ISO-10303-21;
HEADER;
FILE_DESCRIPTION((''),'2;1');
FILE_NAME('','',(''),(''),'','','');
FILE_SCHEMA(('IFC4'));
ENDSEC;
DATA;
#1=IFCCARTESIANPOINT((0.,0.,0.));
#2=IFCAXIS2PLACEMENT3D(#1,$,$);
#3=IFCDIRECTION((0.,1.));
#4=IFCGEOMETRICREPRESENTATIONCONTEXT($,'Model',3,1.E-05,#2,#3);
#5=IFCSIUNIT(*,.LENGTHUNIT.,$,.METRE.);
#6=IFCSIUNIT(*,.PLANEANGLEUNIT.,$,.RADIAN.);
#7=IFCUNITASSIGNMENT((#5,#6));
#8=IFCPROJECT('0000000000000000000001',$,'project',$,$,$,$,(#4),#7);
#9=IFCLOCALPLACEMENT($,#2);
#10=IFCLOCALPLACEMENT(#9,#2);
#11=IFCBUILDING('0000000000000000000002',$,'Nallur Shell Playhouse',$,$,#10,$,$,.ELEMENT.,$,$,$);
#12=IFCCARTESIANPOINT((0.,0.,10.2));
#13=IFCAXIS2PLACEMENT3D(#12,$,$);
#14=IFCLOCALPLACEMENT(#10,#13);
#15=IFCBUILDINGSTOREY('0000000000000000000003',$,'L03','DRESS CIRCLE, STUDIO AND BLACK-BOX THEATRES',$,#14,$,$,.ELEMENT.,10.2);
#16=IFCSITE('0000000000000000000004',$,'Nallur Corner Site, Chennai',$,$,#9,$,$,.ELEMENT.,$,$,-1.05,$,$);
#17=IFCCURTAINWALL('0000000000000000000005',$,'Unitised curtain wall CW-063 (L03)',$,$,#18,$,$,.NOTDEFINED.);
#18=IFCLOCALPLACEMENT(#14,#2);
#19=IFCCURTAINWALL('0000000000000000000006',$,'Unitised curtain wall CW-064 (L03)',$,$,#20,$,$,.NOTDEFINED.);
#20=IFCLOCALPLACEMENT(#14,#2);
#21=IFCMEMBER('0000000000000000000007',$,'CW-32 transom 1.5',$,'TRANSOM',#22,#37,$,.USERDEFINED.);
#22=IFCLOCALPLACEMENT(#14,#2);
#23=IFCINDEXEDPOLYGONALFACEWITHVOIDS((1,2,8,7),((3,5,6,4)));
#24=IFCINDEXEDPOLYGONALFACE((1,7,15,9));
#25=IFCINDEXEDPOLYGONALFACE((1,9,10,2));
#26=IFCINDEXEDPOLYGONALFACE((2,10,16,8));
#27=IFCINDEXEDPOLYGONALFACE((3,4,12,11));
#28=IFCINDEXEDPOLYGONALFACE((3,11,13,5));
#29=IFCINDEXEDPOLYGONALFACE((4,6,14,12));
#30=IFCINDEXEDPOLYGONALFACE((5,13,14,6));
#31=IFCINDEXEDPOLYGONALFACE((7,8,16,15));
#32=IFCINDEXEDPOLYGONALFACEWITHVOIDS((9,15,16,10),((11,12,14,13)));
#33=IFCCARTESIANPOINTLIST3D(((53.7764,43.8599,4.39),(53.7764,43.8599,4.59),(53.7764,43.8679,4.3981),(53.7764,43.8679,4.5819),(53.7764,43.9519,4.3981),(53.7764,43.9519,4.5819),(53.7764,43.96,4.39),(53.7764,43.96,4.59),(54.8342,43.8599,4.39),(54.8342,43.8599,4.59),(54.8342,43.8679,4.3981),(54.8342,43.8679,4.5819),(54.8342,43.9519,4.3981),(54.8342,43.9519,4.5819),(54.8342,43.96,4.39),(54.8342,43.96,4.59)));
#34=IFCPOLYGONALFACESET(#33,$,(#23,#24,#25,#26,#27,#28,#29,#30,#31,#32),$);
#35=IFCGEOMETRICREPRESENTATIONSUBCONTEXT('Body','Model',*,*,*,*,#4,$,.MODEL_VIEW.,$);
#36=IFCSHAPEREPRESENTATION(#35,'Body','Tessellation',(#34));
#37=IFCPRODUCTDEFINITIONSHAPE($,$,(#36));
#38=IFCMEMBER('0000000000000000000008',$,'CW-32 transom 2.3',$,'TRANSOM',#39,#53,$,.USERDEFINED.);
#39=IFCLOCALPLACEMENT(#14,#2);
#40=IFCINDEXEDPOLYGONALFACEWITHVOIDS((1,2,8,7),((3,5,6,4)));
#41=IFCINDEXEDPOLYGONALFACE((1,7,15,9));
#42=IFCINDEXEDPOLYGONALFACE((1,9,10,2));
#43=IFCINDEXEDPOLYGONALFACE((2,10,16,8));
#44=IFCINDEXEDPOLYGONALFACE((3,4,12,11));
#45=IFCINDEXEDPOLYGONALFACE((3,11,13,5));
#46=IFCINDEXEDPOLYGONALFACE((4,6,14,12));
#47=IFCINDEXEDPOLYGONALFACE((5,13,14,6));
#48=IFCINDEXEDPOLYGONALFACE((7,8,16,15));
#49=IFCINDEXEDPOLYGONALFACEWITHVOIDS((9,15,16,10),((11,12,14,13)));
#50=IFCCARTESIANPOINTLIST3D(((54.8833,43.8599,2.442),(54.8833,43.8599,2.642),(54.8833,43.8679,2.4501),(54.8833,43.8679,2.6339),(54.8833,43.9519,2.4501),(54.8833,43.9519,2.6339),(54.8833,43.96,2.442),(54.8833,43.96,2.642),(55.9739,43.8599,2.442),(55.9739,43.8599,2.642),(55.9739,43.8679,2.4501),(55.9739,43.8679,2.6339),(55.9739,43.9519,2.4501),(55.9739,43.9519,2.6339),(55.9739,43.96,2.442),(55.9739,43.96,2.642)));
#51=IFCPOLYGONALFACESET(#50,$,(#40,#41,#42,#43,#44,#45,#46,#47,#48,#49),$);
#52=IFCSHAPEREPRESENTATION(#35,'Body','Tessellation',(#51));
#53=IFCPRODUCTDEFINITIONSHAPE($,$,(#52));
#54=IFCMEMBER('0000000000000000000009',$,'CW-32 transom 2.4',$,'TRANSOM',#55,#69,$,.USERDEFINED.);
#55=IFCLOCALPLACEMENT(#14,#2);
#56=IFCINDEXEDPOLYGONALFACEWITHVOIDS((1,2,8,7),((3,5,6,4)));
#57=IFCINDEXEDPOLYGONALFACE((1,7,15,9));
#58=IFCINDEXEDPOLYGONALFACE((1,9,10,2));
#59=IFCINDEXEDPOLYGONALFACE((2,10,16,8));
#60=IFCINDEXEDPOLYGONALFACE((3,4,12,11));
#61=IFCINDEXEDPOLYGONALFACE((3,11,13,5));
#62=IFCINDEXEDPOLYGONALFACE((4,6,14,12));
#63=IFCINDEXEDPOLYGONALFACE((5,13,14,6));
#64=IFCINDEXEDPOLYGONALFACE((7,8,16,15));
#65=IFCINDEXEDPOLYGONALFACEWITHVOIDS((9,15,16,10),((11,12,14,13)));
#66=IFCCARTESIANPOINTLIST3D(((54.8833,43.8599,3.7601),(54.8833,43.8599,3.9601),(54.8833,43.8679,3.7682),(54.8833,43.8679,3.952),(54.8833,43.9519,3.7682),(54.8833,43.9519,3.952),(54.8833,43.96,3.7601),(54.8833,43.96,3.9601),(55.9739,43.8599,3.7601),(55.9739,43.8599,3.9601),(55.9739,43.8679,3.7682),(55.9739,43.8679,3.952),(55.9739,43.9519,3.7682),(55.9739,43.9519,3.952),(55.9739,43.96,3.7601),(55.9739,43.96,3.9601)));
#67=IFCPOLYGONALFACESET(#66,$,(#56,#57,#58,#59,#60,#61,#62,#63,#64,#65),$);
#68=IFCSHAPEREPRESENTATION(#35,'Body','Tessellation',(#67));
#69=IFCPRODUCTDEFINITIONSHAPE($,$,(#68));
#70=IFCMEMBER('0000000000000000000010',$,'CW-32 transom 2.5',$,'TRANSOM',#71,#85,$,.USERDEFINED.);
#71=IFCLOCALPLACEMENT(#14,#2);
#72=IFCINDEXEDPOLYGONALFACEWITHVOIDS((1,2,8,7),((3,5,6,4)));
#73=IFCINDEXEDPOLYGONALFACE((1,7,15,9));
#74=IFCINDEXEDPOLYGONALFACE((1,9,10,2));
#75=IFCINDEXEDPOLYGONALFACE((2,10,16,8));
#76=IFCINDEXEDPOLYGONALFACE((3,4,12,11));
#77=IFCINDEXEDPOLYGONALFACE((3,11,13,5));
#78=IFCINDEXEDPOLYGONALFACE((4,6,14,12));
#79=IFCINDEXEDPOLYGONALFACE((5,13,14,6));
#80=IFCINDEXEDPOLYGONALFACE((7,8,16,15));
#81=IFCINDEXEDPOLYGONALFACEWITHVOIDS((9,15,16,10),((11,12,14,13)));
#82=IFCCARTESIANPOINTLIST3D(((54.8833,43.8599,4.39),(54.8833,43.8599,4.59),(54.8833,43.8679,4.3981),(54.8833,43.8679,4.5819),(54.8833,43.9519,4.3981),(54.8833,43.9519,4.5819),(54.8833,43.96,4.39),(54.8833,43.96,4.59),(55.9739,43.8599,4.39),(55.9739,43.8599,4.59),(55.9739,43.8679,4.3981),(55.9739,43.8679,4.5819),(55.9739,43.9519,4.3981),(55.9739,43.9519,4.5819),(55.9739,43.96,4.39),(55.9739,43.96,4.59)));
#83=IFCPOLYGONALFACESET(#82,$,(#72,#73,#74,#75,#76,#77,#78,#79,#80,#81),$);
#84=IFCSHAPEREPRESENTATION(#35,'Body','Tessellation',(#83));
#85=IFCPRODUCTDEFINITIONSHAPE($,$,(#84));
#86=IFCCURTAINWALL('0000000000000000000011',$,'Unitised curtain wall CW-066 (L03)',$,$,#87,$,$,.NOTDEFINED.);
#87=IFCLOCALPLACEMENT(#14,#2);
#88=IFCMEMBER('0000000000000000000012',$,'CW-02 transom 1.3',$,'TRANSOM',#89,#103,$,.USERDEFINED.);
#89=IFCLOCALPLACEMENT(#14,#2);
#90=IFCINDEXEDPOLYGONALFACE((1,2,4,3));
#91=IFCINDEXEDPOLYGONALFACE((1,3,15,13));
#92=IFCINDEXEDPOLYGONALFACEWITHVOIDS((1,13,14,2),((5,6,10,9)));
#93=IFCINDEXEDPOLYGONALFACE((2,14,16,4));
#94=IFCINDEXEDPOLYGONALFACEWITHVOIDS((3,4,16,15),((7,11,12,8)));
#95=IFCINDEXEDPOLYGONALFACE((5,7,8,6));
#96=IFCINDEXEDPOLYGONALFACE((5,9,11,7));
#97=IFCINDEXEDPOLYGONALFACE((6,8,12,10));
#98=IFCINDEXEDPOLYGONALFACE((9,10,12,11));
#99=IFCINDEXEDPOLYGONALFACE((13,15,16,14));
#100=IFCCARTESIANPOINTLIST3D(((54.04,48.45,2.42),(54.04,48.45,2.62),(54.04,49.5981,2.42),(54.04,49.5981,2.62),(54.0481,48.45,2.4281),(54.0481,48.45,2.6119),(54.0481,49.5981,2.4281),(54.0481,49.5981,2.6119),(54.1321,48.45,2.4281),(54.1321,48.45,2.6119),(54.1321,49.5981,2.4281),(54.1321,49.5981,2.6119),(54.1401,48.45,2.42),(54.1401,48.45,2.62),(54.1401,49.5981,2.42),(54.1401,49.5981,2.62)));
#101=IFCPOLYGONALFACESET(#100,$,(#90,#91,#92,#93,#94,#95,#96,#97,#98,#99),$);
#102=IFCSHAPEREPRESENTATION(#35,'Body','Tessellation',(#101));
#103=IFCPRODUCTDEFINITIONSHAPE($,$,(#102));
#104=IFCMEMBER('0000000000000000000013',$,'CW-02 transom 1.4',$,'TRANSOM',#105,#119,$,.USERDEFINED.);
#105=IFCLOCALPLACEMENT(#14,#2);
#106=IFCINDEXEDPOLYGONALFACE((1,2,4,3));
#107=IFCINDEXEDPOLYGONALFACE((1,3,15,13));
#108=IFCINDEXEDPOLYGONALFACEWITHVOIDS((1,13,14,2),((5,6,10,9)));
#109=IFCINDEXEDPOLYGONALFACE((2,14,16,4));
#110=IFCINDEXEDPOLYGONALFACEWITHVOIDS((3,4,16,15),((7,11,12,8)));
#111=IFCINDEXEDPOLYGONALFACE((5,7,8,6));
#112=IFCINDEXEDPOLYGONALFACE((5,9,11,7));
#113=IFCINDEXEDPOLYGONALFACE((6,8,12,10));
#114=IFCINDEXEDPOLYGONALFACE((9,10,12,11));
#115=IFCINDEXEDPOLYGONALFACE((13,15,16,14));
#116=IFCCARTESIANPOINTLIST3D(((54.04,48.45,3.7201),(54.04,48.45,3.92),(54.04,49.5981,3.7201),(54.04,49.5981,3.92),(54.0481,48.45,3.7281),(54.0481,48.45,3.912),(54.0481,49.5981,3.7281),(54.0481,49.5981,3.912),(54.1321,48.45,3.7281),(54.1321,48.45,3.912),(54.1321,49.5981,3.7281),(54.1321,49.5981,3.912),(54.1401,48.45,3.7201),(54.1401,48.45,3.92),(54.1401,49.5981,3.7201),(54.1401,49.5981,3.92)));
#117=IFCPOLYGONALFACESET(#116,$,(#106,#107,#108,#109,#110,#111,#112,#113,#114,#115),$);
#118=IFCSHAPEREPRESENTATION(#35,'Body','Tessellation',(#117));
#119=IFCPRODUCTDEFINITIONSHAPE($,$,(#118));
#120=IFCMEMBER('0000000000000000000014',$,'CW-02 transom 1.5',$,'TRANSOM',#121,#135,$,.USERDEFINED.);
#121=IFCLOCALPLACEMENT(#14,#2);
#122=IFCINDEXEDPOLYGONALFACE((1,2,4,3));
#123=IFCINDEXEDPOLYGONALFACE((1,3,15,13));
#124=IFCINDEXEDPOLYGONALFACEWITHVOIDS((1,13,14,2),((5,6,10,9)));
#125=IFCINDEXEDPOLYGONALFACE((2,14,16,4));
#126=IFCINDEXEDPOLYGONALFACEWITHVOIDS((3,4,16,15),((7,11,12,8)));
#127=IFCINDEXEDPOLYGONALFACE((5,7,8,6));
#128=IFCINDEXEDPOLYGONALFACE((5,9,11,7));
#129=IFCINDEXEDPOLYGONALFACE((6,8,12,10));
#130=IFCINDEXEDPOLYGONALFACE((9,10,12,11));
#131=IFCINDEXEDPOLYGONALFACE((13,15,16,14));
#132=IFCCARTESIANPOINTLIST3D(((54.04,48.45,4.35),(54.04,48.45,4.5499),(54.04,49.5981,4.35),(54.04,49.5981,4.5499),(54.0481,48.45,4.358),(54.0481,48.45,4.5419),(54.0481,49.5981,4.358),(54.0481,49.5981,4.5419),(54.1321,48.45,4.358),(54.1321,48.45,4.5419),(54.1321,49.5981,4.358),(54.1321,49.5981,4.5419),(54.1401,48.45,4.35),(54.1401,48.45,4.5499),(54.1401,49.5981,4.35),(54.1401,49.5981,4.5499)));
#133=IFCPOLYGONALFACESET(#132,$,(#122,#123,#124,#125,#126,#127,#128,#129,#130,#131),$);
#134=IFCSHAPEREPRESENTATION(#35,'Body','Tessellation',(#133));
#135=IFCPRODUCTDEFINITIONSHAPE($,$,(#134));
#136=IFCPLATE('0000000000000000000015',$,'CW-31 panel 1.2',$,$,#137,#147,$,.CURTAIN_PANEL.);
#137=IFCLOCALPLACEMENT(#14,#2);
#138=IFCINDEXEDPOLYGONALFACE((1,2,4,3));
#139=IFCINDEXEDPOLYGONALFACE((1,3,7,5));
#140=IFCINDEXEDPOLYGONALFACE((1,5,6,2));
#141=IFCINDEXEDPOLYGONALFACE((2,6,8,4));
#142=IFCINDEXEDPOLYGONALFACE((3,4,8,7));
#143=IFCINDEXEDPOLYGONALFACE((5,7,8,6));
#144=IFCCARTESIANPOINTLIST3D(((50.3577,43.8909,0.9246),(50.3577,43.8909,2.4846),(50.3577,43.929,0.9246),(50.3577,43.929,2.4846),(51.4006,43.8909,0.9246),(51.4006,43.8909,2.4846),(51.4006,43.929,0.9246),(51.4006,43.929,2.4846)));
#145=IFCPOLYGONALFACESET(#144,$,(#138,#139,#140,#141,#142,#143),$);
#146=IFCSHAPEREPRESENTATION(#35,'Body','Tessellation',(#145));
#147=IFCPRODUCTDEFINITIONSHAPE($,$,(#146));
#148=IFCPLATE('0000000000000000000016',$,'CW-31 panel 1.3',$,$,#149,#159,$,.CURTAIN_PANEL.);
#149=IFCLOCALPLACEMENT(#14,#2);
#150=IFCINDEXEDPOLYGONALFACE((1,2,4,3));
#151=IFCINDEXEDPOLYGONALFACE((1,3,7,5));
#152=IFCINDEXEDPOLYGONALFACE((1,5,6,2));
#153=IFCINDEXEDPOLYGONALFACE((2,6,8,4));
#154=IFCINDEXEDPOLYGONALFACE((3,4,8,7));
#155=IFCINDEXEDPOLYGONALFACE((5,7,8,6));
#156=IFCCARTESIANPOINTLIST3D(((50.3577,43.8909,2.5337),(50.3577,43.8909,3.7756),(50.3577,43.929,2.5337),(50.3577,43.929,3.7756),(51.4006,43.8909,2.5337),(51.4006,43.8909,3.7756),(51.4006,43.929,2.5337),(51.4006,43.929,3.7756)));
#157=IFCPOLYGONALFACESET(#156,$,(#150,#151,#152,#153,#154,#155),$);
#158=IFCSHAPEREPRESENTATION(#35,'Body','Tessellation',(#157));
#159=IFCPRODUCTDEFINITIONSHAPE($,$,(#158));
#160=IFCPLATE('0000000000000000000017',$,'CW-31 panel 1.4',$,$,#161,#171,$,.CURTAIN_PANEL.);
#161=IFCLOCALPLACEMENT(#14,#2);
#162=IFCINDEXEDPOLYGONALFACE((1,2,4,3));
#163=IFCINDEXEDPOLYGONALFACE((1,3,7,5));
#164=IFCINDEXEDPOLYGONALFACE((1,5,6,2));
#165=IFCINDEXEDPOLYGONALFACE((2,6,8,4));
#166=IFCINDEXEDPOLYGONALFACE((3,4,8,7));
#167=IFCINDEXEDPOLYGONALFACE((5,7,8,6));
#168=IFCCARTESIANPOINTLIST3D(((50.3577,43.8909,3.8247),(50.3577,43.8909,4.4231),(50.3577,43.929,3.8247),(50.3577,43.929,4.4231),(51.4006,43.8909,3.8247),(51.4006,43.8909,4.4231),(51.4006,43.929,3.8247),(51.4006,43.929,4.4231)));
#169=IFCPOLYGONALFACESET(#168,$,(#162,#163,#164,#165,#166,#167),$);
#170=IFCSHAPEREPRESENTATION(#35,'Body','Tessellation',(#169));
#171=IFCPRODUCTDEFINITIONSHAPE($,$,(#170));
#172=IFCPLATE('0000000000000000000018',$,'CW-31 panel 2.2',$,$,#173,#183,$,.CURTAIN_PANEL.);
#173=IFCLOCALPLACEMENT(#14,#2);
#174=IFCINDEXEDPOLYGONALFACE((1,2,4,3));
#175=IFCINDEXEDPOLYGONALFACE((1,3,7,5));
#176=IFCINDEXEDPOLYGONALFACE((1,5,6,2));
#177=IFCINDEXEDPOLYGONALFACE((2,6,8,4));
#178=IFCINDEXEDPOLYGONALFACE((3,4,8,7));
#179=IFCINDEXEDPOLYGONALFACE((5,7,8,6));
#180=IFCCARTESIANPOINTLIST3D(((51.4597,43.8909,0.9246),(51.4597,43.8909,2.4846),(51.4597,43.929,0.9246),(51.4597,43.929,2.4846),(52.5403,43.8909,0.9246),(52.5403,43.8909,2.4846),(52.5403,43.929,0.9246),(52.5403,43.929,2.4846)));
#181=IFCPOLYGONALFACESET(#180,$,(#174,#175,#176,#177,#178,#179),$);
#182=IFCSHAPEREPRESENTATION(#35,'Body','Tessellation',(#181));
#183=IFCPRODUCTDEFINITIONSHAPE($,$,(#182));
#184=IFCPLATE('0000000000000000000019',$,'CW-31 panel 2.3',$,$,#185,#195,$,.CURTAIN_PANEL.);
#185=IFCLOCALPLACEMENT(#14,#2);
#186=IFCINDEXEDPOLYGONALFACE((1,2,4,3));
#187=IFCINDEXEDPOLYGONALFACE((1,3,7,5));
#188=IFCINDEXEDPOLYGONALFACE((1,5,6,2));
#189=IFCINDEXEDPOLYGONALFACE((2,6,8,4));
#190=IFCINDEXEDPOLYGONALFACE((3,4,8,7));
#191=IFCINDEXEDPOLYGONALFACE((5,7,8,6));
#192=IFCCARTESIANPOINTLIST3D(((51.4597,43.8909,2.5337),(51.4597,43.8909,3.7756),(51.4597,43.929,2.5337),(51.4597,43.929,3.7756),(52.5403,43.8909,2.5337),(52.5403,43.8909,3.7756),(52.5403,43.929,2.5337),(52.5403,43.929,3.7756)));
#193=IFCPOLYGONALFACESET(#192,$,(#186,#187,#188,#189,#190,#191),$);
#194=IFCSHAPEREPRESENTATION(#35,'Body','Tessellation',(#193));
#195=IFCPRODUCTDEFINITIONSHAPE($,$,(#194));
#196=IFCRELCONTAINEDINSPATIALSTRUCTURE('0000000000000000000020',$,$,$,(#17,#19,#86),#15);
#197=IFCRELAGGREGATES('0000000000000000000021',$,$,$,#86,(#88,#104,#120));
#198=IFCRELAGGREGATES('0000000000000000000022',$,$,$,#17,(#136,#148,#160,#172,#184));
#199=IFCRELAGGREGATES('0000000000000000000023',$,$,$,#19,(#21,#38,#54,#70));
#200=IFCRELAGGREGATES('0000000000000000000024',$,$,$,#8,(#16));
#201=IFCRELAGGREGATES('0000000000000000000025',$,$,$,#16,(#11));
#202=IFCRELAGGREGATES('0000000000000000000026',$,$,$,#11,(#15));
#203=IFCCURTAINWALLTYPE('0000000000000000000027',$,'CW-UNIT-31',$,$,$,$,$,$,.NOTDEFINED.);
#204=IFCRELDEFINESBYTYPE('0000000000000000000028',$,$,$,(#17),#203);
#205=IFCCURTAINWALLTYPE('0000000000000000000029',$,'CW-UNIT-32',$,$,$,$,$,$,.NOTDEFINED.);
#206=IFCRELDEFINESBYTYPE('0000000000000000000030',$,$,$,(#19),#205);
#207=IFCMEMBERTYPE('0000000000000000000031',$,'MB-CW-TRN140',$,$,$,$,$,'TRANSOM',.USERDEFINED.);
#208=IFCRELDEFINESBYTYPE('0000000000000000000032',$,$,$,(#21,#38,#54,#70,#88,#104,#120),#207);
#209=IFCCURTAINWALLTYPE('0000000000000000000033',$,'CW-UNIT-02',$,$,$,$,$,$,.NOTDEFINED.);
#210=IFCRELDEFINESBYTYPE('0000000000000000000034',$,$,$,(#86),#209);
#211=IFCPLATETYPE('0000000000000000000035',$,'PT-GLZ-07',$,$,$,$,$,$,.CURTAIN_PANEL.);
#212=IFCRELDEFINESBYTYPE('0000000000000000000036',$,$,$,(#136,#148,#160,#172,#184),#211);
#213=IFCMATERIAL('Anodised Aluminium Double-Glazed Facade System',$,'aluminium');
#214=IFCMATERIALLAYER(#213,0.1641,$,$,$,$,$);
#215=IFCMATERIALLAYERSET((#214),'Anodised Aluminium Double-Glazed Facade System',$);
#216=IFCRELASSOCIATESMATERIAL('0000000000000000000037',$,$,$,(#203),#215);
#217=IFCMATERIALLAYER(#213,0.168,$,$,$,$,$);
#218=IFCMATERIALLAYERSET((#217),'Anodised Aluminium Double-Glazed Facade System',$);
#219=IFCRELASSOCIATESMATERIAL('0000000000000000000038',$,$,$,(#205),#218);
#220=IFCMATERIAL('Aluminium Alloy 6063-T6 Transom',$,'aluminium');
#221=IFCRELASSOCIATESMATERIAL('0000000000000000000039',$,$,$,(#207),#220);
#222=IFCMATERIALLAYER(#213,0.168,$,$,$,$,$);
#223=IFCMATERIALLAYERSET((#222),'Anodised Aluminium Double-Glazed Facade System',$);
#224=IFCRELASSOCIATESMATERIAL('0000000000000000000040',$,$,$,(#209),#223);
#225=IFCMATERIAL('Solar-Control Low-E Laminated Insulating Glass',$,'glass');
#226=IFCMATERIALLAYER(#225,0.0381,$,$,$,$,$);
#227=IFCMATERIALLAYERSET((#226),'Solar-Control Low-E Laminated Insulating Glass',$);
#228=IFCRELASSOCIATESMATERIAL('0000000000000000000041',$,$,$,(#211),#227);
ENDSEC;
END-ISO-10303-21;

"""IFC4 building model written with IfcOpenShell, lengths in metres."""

from ifc_helpers import new_model, si_unit, direction, frame, origin, origin_2d, place, context, subcontext, project, spatial, rectangle, hollow_rectangle, extrude, material, layer, layer_set, material_profile, profile_set, type_object, element, aggregate, save


model = new_model("IFC4")

# Units and contexts
model_context = context("Model", 3, precision=1e-05, world=origin(), true_north=direction((0.0, 1.0)))
body_context = subcontext(model_context, "Body", "Model", "MODEL_VIEW")
ifc_project = project(units=[si_unit("LENGTHUNIT", "METRE"), si_unit("PLANEANGLEUNIT", "RADIAN")], contexts=[model_context])

# Site, building, storey
site_placement = place(None, origin())
site = spatial("IfcSite", under=ifc_project, at=site_placement, Name="Nallur Corner Site, Chennai", CompositionType="ELEMENT", RefElevation=-1.05)
building_placement = place(site_placement, origin())
building = spatial("IfcBuilding", under=site, at=building_placement, Name="Nallur Shell Playhouse", CompositionType="ELEMENT")
storey_placement = place(building_placement, frame((0.0, 0.0, 10.2)))
storey = spatial("IfcBuildingStorey", under=building, at=storey_placement, Name="L03", Description="DRESS CIRCLE, STUDIO AND BLACK-BOX THEATRES", CompositionType="ELEMENT", Elevation=10.2)

# Curtain walls, members
ifc_material_1 = material(Name="Anodised Aluminium Double-Glazed Facade System", Category="aluminium")
ifc_layer_1 = layer(ifc_material_1, 0.1641)
ifc_layer_set_1 = layer_set([ifc_layer_1], Name="Anodised Aluminium Double-Glazed Facade System")
curtain_wall_type_1 = type_object("IfcCurtainWallType", Name="CW-UNIT-31", PredefinedType="NOTDEFINED", material=ifc_layer_set_1)
curtain_wall_1_placement = place(storey_placement, origin())
curtain_wall_1 = element("IfcCurtainWall", 1, at=curtain_wall_1_placement, inside=storey, type_object=curtain_wall_type_1, Name="Unitised curtain wall CW-063 (L03)", PredefinedType="NOTDEFINED")
ifc_material_2 = material(Name="Aluminium Alloy 6063-T6 Transom", Category="aluminium")
ifc_layer_2 = layer(ifc_material_1, 0.168)
ifc_layer_set_2 = layer_set([ifc_layer_2], Name="Anodised Aluminium Double-Glazed Facade System")
curtain_wall_type_2 = type_object("IfcCurtainWallType", Name="CW-UNIT-32", PredefinedType="NOTDEFINED", material=ifc_layer_set_2)
curtain_wall_2_placement = place(storey_placement, origin())
curtain_wall_2 = element("IfcCurtainWall", 2, at=curtain_wall_2_placement, inside=storey, type_object=curtain_wall_type_2, Name="Unitised curtain wall CW-064 (L03)", PredefinedType="NOTDEFINED")
ifc_material_profile_1 = material_profile(ifc_material_2, hollow_rectangle(XDim=0.1001, YDim=0.2, WallThickness=0.0081, at=origin_2d()), Name="RHS 200x100x8")
ifc_profile_set_1 = profile_set([ifc_material_profile_1], Name="Aluminium Alloy 6063-T6 Transom")
member_type_1 = type_object("IfcMemberType", Name="MB-CW-TRN140", ElementType="TRANSOM", PredefinedType="USERDEFINED", material=ifc_profile_set_1)
member_1_placement = place(storey_placement, frame((53.7764, 43.9099, 4.49), z_axis=(1.0, 0.0, 0.0), x_axis=(0.0, 1.0, 0.0)))
member_1 = element("IfcMember", 3, at=member_1_placement, type_object=member_type_1, Name="CW-32 transom 1.5", ObjectType="TRANSOM", PredefinedType="USERDEFINED", context=body_context, shape_type="SweptSolid", body=[
    extrude(hollow_rectangle(XDim=0.1001, YDim=0.2, WallThickness=0.0081, at=origin_2d()), origin(), (0.0, 0.0, 1.0), 1.0579),
])
member_2_placement = place(storey_placement, frame((54.8833, 43.9099, 2.542), z_axis=(1.0, 0.0, 0.0), x_axis=(0.0, 1.0, 0.0)))
member_2 = element("IfcMember", 4, at=member_2_placement, type_object=member_type_1, Name="CW-32 transom 2.3", ObjectType="TRANSOM", PredefinedType="USERDEFINED", context=body_context, shape_type="SweptSolid", body=[
    extrude(hollow_rectangle(XDim=0.1001, YDim=0.2, WallThickness=0.0081, at=origin_2d()), origin(), (0.0, 0.0, 1.0), 1.0906),
])
member_3_placement = place(storey_placement, frame((54.8833, 43.9099, 3.8601), z_axis=(1.0, 0.0, 0.0), x_axis=(0.0, 1.0, 0.0)))
member_3 = element("IfcMember", 5, at=member_3_placement, type_object=member_type_1, Name="CW-32 transom 2.4", ObjectType="TRANSOM", PredefinedType="USERDEFINED", context=body_context, shape_type="SweptSolid", body=[
    extrude(hollow_rectangle(XDim=0.1001, YDim=0.2, WallThickness=0.0081, at=origin_2d()), origin(), (0.0, 0.0, 1.0), 1.0906),
])
member_4_placement = place(storey_placement, frame((54.8833, 43.9099, 4.49), z_axis=(1.0, 0.0, 0.0), x_axis=(0.0, 1.0, 0.0)))
member_4 = element("IfcMember", 6, at=member_4_placement, type_object=member_type_1, Name="CW-32 transom 2.5", ObjectType="TRANSOM", PredefinedType="USERDEFINED", context=body_context, shape_type="SweptSolid", body=[
    extrude(hollow_rectangle(XDim=0.1001, YDim=0.2, WallThickness=0.0081, at=origin_2d()), origin(), (0.0, 0.0, 1.0), 1.0906),
])
ifc_layer_3 = layer(ifc_material_1, 0.168)
ifc_layer_set_3 = layer_set([ifc_layer_3], Name="Anodised Aluminium Double-Glazed Facade System")
curtain_wall_type_3 = type_object("IfcCurtainWallType", Name="CW-UNIT-02", PredefinedType="NOTDEFINED", material=ifc_layer_set_3)
curtain_wall_3_placement = place(storey_placement, origin())
curtain_wall_3 = element("IfcCurtainWall", 7, at=curtain_wall_3_placement, inside=storey, type_object=curtain_wall_type_3, Name="Unitised curtain wall CW-066 (L03)", PredefinedType="NOTDEFINED")
member_5_placement = place(storey_placement, frame((54.0901, 48.45, 2.52), z_axis=(0.0, 1.0, 0.0), x_axis=(-1.0, 0.0, 0.0)))
member_5 = element("IfcMember", 8, at=member_5_placement, type_object=member_type_1, Name="CW-02 transom 1.3", ObjectType="TRANSOM", PredefinedType="USERDEFINED", context=body_context, shape_type="SweptSolid", body=[
    extrude(hollow_rectangle(XDim=0.1001, YDim=0.2, WallThickness=0.0081, at=origin_2d()), origin(), (0.0, 0.0, 1.0), 1.1482),
])
member_6_placement = place(storey_placement, frame((54.0901, 48.45, 3.8201), z_axis=(0.0, 1.0, 0.0), x_axis=(-1.0, 0.0, 0.0)))
member_6 = element("IfcMember", 9, at=member_6_placement, type_object=member_type_1, Name="CW-02 transom 1.4", ObjectType="TRANSOM", PredefinedType="USERDEFINED", context=body_context, shape_type="SweptSolid", body=[
    extrude(hollow_rectangle(XDim=0.1001, YDim=0.2, WallThickness=0.0081, at=origin_2d()), origin(), (0.0, 0.0, 1.0), 1.1482),
])
member_7_placement = place(storey_placement, frame((54.0901, 48.45, 4.45), z_axis=(0.0, 1.0, 0.0), x_axis=(-1.0, 0.0, 0.0)))
member_7 = element("IfcMember", 10, at=member_7_placement, type_object=member_type_1, Name="CW-02 transom 1.5", ObjectType="TRANSOM", PredefinedType="USERDEFINED", context=body_context, shape_type="SweptSolid", body=[
    extrude(hollow_rectangle(XDim=0.1001, YDim=0.2, WallThickness=0.0081, at=origin_2d()), origin(), (0.0, 0.0, 1.0), 1.1482),
])
aggregate(curtain_wall_3, [member_5, member_6, member_7])

# Plates
ifc_material_3 = material(Name="Solar-Control Low-E Laminated Insulating Glass", Category="glass")
ifc_layer_4 = layer(ifc_material_3, 0.0381)
ifc_layer_set_4 = layer_set([ifc_layer_4], Name="Solar-Control Low-E Laminated Insulating Glass")
plate_type_1 = type_object("IfcPlateType", Name="PT-GLZ-07", PredefinedType="CURTAIN_PANEL", material=ifc_layer_set_4)
plate_1_placement = place(storey_placement, frame((50.8792, 43.9099, 0.9246), z_axis=(0.0, 0.0, 1.0), x_axis=(1.0, 0.0, 0.0)))
plate_1 = element("IfcPlate", 11, at=plate_1_placement, type_object=plate_type_1, Name="CW-31 panel 1.2", PredefinedType="CURTAIN_PANEL", context=body_context, shape_type="SweptSolid", body=[
    extrude(rectangle(XDim=1.043, YDim=0.0381, at=origin_2d()), origin(), (0.0, 0.0, 1.0), 1.5601),
])
plate_2_placement = place(storey_placement, frame((50.8792, 43.9099, 2.5337), z_axis=(0.0, 0.0, 1.0), x_axis=(1.0, 0.0, 0.0)))
plate_2 = element("IfcPlate", 12, at=plate_2_placement, type_object=plate_type_1, Name="CW-31 panel 1.3", PredefinedType="CURTAIN_PANEL", context=body_context, shape_type="SweptSolid", body=[
    extrude(rectangle(XDim=1.043, YDim=0.0381, at=origin_2d()), origin(), (0.0, 0.0, 1.0), 1.2419),
])
plate_3_placement = place(storey_placement, frame((50.8792, 43.9099, 3.8247), z_axis=(0.0, 0.0, 1.0), x_axis=(1.0, 0.0, 0.0)))
plate_3 = element("IfcPlate", 13, at=plate_3_placement, type_object=plate_type_1, Name="CW-31 panel 1.4", PredefinedType="CURTAIN_PANEL", context=body_context, shape_type="SweptSolid", body=[
    extrude(rectangle(XDim=1.043, YDim=0.0381, at=origin_2d()), origin(), (0.0, 0.0, 1.0), 0.5984),
])
plate_4_placement = place(storey_placement, frame((52.0, 43.9099, 0.9246), z_axis=(0.0, 0.0, 1.0), x_axis=(1.0, 0.0, 0.0)))
plate_4 = element("IfcPlate", 14, at=plate_4_placement, type_object=plate_type_1, Name="CW-31 panel 2.2", PredefinedType="CURTAIN_PANEL", context=body_context, shape_type="SweptSolid", body=[
    extrude(rectangle(XDim=1.0806, YDim=0.0381, at=origin_2d()), origin(), (0.0, 0.0, 1.0), 1.5601),
])
plate_5_placement = place(storey_placement, frame((52.0, 43.9099, 2.5337), z_axis=(0.0, 0.0, 1.0), x_axis=(1.0, 0.0, 0.0)))
plate_5 = element("IfcPlate", 15, at=plate_5_placement, type_object=plate_type_1, Name="CW-31 panel 2.3", PredefinedType="CURTAIN_PANEL", context=body_context, shape_type="SweptSolid", body=[
    extrude(rectangle(XDim=1.0806, YDim=0.0381, at=origin_2d()), origin(), (0.0, 0.0, 1.0), 1.2419),
])
aggregate(curtain_wall_1, [plate_1, plate_2, plate_3, plate_4, plate_5])
aggregate(curtain_wall_2, [member_1, member_2, member_3, member_4])

save(model, "model.ifc")
